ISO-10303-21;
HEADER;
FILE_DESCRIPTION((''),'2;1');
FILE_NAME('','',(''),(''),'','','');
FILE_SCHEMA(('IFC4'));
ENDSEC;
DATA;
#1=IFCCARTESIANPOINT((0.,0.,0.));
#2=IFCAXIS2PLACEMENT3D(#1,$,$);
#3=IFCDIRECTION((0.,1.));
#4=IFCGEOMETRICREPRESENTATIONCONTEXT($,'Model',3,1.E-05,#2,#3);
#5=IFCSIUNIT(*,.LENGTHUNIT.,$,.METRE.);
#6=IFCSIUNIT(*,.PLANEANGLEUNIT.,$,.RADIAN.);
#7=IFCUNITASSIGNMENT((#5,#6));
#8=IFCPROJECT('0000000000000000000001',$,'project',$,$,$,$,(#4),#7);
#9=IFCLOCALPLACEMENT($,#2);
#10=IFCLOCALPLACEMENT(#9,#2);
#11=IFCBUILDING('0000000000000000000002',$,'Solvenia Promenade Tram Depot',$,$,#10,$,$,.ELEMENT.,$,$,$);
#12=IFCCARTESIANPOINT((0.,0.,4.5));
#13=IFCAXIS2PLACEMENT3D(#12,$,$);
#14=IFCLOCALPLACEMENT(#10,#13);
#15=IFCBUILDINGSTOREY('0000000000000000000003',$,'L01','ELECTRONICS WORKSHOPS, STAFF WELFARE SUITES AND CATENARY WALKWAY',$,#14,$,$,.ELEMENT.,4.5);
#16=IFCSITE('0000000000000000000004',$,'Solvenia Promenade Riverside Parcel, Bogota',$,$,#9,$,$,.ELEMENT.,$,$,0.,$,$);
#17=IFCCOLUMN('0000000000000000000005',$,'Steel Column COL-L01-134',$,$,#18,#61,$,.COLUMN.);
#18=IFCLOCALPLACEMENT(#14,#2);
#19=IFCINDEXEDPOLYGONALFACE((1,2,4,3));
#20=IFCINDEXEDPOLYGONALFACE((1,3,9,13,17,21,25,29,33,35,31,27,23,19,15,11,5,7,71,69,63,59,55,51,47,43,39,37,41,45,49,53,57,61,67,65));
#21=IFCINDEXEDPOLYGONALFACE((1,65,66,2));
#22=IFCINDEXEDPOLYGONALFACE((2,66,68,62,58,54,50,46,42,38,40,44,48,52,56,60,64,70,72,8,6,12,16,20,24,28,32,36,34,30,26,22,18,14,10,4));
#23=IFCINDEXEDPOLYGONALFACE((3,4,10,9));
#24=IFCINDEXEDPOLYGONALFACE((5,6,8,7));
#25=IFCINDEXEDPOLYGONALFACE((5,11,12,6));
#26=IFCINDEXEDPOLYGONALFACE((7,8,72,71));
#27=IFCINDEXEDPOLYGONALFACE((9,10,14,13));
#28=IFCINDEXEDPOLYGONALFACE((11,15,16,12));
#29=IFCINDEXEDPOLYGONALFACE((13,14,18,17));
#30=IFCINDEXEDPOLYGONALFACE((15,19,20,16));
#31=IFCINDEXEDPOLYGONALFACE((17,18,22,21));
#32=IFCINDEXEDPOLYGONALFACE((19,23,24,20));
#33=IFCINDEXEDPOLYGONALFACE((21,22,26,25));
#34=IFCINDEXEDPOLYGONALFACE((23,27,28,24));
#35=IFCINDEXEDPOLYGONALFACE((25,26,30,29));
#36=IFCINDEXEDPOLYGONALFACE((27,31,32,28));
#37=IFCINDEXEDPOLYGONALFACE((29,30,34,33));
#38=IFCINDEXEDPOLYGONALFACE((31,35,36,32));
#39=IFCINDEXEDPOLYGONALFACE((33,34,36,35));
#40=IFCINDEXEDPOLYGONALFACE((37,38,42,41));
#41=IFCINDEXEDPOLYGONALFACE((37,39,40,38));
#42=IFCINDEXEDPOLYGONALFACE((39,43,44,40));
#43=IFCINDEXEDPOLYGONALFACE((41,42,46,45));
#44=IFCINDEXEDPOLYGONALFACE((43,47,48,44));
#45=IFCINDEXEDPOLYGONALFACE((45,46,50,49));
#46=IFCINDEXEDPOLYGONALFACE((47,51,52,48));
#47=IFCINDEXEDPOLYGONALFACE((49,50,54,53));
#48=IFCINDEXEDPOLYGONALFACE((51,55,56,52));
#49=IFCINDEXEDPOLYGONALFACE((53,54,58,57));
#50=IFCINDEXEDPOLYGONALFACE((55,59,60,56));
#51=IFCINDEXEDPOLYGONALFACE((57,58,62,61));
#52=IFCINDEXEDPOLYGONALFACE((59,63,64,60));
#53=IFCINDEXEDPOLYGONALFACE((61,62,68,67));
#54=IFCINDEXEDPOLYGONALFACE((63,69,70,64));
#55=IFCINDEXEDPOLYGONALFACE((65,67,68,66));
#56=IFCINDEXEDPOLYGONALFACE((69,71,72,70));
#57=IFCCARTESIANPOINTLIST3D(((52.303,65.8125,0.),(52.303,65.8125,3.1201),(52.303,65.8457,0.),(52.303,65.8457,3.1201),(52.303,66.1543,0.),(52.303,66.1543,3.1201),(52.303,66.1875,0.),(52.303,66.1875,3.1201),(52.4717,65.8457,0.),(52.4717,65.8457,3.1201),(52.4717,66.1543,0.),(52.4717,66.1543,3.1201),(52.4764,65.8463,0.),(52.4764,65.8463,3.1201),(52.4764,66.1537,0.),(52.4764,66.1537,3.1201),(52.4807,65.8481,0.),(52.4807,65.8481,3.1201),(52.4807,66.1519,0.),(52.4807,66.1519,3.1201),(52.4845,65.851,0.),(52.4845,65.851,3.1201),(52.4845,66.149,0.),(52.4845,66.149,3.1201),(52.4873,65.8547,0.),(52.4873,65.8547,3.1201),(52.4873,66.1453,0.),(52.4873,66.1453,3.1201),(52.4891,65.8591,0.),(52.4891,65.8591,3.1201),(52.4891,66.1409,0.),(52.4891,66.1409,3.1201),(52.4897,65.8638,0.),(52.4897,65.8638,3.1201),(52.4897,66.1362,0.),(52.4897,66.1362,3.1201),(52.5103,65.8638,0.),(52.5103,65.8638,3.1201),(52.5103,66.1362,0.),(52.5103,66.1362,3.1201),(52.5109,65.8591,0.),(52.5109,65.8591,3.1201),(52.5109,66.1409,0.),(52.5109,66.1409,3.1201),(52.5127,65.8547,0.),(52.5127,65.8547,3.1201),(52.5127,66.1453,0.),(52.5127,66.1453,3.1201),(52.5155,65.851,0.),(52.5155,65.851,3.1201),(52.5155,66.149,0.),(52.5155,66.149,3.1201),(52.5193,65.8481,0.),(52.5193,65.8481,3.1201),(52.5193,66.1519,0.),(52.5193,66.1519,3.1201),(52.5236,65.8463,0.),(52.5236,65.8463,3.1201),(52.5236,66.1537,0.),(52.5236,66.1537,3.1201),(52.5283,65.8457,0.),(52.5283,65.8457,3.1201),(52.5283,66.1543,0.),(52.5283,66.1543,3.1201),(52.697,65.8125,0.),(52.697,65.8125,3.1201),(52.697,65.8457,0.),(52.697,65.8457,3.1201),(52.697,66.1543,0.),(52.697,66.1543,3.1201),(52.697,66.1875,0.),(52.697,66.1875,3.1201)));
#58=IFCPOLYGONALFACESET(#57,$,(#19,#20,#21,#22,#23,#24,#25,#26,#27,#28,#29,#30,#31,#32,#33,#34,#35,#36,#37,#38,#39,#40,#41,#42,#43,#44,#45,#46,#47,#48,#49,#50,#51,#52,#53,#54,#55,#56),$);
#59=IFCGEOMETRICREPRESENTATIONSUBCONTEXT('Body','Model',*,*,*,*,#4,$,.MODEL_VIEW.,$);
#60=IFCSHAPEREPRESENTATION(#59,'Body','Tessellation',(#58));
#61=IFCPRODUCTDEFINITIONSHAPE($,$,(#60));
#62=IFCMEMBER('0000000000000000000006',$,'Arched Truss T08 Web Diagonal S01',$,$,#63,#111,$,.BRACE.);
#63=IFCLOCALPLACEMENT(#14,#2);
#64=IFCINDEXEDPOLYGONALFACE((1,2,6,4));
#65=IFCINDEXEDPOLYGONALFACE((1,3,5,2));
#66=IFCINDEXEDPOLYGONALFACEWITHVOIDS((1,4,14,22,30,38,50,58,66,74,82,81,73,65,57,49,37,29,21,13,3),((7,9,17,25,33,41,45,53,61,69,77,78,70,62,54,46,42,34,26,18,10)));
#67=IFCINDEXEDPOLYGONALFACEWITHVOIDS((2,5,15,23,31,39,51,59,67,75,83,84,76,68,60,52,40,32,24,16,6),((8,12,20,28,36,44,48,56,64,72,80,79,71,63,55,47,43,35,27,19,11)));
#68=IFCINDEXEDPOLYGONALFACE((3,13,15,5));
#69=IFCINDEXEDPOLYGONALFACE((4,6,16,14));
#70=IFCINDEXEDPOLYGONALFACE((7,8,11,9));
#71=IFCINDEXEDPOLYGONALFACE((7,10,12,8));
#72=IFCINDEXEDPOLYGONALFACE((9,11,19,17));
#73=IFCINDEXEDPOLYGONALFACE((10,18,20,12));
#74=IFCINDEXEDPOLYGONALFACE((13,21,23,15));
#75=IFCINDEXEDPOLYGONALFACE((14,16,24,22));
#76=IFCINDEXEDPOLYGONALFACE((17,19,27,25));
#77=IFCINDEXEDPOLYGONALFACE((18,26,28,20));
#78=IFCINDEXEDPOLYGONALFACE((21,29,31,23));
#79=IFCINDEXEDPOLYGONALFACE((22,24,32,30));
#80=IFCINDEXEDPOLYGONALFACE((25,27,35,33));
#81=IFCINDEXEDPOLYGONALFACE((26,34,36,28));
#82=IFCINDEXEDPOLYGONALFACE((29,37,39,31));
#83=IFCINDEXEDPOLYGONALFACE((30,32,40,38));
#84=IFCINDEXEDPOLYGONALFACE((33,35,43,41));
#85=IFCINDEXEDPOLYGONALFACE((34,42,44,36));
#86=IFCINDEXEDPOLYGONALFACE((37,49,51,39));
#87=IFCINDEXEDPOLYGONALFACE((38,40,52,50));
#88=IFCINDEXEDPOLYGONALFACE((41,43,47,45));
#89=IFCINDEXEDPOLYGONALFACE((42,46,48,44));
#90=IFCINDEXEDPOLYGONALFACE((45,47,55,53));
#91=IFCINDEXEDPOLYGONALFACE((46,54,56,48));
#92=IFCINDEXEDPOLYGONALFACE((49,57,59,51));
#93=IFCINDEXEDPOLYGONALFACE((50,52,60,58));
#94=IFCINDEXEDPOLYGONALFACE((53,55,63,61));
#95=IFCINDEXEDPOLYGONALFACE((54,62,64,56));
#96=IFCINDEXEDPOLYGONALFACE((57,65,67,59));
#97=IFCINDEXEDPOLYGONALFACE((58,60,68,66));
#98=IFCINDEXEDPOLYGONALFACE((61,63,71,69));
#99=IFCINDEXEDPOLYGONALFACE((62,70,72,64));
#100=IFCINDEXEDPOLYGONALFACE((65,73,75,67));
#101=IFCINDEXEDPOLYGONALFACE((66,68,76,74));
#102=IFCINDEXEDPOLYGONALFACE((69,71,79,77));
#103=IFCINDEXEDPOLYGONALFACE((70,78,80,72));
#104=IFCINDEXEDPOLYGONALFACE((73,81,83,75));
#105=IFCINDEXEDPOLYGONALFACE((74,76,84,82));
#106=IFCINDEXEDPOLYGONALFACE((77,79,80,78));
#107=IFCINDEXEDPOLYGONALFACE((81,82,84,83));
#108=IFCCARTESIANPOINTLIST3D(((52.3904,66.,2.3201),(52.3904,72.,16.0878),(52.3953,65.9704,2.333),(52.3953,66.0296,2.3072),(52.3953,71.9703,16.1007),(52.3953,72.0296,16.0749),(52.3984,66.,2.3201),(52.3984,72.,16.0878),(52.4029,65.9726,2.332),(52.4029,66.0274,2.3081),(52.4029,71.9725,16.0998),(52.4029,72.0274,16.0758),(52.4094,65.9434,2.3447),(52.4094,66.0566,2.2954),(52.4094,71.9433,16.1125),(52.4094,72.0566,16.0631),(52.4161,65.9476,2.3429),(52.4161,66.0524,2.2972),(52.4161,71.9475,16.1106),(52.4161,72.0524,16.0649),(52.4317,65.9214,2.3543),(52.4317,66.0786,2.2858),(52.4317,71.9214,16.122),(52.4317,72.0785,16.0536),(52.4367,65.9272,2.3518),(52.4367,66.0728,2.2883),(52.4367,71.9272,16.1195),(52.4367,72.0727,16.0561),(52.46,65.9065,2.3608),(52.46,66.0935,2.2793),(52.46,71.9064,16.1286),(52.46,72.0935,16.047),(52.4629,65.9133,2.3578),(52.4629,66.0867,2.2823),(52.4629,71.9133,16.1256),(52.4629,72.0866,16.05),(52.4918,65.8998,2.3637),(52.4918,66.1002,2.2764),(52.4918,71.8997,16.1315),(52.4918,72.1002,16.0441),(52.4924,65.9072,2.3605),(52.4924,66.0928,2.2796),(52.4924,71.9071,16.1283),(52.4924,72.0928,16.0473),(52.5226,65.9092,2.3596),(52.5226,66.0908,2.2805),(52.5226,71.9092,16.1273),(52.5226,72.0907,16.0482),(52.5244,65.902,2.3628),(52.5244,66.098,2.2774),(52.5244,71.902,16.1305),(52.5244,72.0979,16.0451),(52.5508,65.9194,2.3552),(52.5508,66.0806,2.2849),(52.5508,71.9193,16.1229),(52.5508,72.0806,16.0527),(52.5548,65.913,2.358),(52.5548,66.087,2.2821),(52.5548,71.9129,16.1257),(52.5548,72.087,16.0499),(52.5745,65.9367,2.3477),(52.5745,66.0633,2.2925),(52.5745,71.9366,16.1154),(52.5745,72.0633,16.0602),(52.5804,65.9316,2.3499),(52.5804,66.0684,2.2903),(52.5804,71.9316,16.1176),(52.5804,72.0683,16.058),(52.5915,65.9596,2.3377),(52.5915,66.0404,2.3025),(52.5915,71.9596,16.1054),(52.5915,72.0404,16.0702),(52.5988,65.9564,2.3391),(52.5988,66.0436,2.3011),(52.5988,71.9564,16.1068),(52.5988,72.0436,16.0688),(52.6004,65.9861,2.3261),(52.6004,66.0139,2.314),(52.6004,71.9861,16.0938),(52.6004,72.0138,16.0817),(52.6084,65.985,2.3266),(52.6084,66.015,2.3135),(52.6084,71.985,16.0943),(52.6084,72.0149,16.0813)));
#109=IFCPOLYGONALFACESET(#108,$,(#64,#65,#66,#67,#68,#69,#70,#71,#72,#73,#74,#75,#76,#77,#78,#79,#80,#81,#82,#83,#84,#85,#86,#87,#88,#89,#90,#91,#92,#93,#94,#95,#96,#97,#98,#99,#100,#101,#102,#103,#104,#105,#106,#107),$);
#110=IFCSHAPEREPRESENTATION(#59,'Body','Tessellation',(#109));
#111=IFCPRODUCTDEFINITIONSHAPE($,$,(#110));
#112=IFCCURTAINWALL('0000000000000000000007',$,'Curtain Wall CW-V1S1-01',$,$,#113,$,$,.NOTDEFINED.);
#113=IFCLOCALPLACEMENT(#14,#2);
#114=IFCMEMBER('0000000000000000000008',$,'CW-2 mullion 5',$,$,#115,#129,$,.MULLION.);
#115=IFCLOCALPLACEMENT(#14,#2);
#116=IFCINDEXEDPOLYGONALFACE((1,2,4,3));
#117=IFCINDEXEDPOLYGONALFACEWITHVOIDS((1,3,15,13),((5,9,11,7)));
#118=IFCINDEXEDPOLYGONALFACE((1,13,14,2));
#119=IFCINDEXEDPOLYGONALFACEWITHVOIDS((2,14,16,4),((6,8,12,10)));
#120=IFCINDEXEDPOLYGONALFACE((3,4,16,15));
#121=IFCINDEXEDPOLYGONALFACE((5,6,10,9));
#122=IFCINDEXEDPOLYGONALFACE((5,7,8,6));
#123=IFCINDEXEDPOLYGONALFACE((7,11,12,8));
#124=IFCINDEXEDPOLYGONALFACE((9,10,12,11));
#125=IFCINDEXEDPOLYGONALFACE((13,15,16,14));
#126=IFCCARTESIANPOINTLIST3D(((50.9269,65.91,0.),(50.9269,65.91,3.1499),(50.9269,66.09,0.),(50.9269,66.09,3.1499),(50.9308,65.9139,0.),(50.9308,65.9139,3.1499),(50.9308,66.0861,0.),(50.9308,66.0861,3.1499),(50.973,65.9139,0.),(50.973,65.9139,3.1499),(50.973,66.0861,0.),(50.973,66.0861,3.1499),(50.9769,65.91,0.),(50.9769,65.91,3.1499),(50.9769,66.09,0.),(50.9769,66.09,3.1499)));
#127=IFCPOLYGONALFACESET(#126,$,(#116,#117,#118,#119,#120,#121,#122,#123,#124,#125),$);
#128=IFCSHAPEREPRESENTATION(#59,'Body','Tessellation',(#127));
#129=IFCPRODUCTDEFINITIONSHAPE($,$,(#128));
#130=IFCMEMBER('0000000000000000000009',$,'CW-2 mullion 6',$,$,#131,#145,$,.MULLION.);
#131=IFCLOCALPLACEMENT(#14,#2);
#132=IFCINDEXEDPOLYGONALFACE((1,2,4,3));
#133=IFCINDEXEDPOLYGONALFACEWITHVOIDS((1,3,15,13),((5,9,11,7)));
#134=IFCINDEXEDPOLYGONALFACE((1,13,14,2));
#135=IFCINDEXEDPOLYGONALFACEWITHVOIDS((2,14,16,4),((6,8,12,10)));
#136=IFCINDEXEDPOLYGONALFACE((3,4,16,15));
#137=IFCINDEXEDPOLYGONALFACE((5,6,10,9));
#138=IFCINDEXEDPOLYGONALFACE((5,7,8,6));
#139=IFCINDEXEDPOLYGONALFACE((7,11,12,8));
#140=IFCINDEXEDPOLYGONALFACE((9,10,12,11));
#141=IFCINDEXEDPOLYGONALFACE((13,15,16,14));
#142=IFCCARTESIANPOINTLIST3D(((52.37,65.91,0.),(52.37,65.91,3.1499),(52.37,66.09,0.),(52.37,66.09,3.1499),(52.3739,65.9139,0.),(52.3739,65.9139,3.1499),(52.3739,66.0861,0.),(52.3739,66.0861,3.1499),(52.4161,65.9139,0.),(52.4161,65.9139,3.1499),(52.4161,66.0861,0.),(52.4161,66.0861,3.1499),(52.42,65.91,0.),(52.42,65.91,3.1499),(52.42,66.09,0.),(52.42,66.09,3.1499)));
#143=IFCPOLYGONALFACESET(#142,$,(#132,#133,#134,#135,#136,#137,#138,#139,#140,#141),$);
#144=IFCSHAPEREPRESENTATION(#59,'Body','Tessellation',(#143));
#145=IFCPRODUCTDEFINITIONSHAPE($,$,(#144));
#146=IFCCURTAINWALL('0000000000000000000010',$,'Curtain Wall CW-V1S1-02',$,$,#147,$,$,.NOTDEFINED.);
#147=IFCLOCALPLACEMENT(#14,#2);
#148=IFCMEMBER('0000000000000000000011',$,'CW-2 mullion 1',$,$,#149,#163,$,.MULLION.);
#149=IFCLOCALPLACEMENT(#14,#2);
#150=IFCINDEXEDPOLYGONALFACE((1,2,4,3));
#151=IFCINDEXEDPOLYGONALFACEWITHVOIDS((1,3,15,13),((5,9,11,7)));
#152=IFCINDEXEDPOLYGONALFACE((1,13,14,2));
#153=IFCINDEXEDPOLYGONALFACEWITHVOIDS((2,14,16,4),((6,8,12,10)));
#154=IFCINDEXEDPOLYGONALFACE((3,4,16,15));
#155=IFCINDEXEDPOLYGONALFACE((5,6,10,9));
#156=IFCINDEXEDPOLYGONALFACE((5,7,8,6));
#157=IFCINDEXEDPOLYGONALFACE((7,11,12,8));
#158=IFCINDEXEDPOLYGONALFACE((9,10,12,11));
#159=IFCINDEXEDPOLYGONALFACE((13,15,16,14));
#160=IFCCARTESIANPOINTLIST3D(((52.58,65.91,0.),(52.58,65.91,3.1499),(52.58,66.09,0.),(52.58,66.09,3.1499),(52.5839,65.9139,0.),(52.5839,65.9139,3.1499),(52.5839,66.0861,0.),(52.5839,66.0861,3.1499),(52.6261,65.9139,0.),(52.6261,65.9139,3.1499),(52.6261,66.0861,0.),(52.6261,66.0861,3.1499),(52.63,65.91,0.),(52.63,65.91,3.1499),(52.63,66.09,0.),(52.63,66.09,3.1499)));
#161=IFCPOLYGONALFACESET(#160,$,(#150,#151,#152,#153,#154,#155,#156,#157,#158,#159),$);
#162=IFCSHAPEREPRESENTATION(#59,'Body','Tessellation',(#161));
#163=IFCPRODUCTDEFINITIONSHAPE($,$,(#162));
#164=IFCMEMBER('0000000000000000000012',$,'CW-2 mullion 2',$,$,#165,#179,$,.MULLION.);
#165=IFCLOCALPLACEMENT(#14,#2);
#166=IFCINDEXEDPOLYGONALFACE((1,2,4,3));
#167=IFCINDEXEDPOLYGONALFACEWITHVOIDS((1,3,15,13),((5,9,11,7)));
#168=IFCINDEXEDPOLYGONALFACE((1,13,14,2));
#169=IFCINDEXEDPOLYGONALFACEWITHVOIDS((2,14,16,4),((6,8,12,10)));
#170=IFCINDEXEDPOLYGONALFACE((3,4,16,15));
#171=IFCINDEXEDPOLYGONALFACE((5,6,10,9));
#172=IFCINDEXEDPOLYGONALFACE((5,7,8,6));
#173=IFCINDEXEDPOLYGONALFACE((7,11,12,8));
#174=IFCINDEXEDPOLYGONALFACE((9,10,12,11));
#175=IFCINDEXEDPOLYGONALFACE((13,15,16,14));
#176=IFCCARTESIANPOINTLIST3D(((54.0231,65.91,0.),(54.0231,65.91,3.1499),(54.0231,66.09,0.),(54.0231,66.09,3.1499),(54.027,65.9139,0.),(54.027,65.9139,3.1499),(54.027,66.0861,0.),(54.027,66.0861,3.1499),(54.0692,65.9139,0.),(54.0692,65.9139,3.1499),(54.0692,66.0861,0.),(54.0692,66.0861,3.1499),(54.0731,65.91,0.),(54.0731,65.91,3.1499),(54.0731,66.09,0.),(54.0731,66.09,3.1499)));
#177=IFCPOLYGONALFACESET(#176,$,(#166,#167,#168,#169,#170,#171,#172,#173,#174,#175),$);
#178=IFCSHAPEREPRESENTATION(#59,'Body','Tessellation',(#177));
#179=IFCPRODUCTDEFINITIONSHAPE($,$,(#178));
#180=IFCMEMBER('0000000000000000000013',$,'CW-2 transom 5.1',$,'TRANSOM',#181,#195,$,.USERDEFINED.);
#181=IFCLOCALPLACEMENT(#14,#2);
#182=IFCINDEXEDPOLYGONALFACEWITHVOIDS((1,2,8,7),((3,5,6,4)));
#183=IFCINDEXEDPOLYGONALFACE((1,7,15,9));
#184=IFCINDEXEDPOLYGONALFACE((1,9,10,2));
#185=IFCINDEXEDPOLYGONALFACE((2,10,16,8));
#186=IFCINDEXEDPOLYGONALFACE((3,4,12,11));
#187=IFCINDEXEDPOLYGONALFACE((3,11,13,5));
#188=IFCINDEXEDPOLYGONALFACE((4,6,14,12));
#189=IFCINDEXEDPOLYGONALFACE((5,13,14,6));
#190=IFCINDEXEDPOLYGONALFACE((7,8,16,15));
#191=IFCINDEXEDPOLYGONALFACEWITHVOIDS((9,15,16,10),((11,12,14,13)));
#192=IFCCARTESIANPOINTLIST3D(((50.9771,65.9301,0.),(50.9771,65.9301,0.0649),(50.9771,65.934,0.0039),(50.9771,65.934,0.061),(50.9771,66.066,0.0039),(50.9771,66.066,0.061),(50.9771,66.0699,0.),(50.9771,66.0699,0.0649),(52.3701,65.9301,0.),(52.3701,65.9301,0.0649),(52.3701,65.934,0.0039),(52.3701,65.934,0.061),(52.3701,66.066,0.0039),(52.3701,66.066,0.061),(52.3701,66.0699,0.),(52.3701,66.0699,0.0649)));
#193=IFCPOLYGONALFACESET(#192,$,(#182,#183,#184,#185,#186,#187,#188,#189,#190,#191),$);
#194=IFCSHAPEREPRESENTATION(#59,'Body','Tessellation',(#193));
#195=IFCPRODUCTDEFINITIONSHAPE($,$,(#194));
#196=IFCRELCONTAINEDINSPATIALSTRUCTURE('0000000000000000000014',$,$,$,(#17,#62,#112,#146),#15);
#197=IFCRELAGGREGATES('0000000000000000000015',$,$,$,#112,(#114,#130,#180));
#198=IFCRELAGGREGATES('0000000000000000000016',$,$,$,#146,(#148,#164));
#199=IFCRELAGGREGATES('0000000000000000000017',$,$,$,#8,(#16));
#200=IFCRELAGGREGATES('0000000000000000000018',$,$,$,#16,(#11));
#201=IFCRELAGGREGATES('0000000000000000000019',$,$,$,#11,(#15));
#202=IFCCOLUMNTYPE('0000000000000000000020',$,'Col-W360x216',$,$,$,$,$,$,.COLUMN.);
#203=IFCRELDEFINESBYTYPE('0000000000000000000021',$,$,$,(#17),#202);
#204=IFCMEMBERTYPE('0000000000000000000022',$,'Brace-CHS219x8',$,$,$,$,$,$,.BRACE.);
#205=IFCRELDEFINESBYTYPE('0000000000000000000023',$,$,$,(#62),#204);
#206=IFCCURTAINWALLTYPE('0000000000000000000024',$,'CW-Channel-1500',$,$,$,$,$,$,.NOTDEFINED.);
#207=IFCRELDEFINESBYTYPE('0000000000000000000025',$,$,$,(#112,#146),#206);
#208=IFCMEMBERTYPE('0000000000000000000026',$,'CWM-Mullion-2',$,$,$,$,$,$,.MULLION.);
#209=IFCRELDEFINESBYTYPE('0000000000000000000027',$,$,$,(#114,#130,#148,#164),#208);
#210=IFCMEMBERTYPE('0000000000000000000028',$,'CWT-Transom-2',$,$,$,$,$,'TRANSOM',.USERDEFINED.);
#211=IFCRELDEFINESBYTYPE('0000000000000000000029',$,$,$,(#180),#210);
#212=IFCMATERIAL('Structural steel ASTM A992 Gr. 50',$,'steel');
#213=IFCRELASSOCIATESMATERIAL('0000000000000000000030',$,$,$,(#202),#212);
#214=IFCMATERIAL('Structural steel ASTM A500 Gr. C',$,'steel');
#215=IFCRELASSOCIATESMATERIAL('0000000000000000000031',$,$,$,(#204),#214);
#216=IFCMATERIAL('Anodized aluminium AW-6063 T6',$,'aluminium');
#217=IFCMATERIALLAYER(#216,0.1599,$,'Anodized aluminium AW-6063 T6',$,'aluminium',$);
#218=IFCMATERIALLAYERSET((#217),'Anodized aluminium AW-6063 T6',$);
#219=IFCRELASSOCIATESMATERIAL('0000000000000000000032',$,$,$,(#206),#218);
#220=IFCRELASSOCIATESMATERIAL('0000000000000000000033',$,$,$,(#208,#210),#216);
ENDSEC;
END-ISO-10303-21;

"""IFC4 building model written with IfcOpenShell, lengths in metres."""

from ifc_helpers import new_model, si_unit, direction, frame, origin, origin_2d, place, context, subcontext, project, spatial, hollow_rectangle, hollow_circle, i_section, extrude, material, layer, layer_set, material_profile, profile_set, type_object, element, aggregate, save


model = new_model("IFC4")

# Units and contexts
model_context = context("Model", 3, precision=1e-05, world=origin(), true_north=direction((0.0, 1.0)))
body_context = subcontext(model_context, "Body", "Model", "MODEL_VIEW")
ifc_project = project(units=[si_unit("LENGTHUNIT", "METRE"), si_unit("PLANEANGLEUNIT", "RADIAN")], contexts=[model_context])

# Site, building, storey
site_placement = place(None, origin())
site = spatial("IfcSite", under=ifc_project, at=site_placement, Name="Solvenia Promenade Riverside Parcel, Bogota", CompositionType="ELEMENT", RefElevation=0.0)
building_placement = place(site_placement, origin())
building = spatial("IfcBuilding", under=site, at=building_placement, Name="Solvenia Promenade Tram Depot", CompositionType="ELEMENT")
storey_placement = place(building_placement, frame((0.0, 0.0, 4.5)))
storey = spatial("IfcBuildingStorey", under=building, at=storey_placement, Name="L01", Description="ELECTRONICS WORKSHOPS, STAFF WELFARE SUITES AND CATENARY WALKWAY", CompositionType="ELEMENT", Elevation=4.5)

# Column
ifc_material_1 = material(Name="Structural steel ASTM A992 Gr. 50", Category="steel")
ifc_material_profile_1 = material_profile(ifc_material_1, i_section(OverallWidth=0.394, OverallDepth=0.375, WebThickness=0.0205, FlangeThickness=0.0332, FilletRadius=0.0181, at=origin_2d()), Name="W360x216", Category="steel")
ifc_profile_set_1 = profile_set([ifc_material_profile_1], Name="Structural steel ASTM A992 Gr. 50")
column_type = type_object("IfcColumnType", Name="Col-W360x216", PredefinedType="COLUMN", material=ifc_profile_set_1)
column_placement = place(storey_placement, frame((52.5, 66.0, 0.0), z_axis=(0.0, 0.0, 1.0), x_axis=(1.0, 0.0, 0.0)))
element("IfcColumn", 1, at=column_placement, inside=storey, type_object=column_type, Name="Steel Column COL-L01-134", PredefinedType="COLUMN", context=body_context, shape_type="SweptSolid", body=[
    extrude(i_section(OverallWidth=0.394, OverallDepth=0.375, WebThickness=0.0205, FlangeThickness=0.0332, FilletRadius=0.0181, at=origin_2d()), origin(), (0.0, 0.0, 1.0), 3.1201),
])

# Member
ifc_material_2 = material(Name="Structural steel ASTM A500 Gr. C", Category="steel")
ifc_material_profile_2 = material_profile(ifc_material_2, hollow_circle(Radius=0.1096, WallThickness=0.0081, at=origin_2d()), Name="CHS219.1x8", Category="steel")
ifc_profile_set_2 = profile_set([ifc_material_profile_2], Name="Structural steel ASTM A500 Gr. C")
member_type_1 = type_object("IfcMemberType", Name="Brace-CHS219x8", PredefinedType="BRACE", material=ifc_profile_set_2)
member_1_placement = place(storey_placement, frame((52.5, 66.0, 2.3201), z_axis=(0.0, 0.399509, 0.916729), x_axis=(-1.0, 0.0, 0.0)))
element("IfcMember", 2, at=member_1_placement, inside=storey, type_object=member_type_1, Name="Arched Truss T08 Web Diagonal S01", PredefinedType="BRACE", context=body_context, shape_type="SweptSolid", body=[
    extrude(hollow_circle(Radius=0.1096, WallThickness=0.0081, at=origin_2d()), origin(), (0.0, 0.0, 1.0), 15.0183),
])

# Curtain walls, members
ifc_material_3 = material(Name="Anodized aluminium AW-6063 T6", Category="aluminium")
ifc_layer_1 = layer(ifc_material_3, 0.1599, Name="Anodized aluminium AW-6063 T6", Category="aluminium")
ifc_layer_set_1 = layer_set([ifc_layer_1], Name="Anodized aluminium AW-6063 T6")
curtain_wall_type = type_object("IfcCurtainWallType", Name="CW-Channel-1500", PredefinedType="NOTDEFINED", material=ifc_layer_set_1)
curtain_wall_1_placement = place(storey_placement, origin())
curtain_wall_1 = element("IfcCurtainWall", 3, at=curtain_wall_1_placement, inside=storey, type_object=curtain_wall_type, Name="Curtain Wall CW-V1S1-01", PredefinedType="NOTDEFINED")
ifc_material_profile_3 = material_profile(ifc_material_3, hollow_rectangle(XDim=0.1799, YDim=0.05, WallThickness=0.0039, at=origin_2d()), Name="ALU-M2", Category="aluminium")
ifc_profile_set_3 = profile_set([ifc_material_profile_3], Name="Anodized aluminium AW-6063 T6")
member_type_2 = type_object("IfcMemberType", Name="CWM-Mullion-2", PredefinedType="MULLION", material=ifc_profile_set_3)
member_2_placement = place(storey_placement, frame((50.9519, 66.0, 0.0), z_axis=(0.0, 0.0, 1.0), x_axis=(0.0, 1.0, 0.0)))
member_2 = element("IfcMember", 4, at=member_2_placement, type_object=member_type_2, Name="CW-2 mullion 5", PredefinedType="MULLION", context=body_context, shape_type="SweptSolid", body=[
    extrude(hollow_rectangle(XDim=0.1799, YDim=0.05, WallThickness=0.0039, at=origin_2d()), origin(), (0.0, 0.0, 1.0), 3.1499),
])
member_3_placement = place(storey_placement, frame((52.395, 66.0, 0.0), z_axis=(0.0, 0.0, 1.0), x_axis=(0.0, 1.0, 0.0)))
member_3 = element("IfcMember", 5, at=member_3_placement, type_object=member_type_2, Name="CW-2 mullion 6", PredefinedType="MULLION", context=body_context, shape_type="SweptSolid", body=[
    extrude(hollow_rectangle(XDim=0.1799, YDim=0.05, WallThickness=0.0039, at=origin_2d()), origin(), (0.0, 0.0, 1.0), 3.1499),
])
curtain_wall_2_placement = place(storey_placement, origin())
curtain_wall_2 = element("IfcCurtainWall", 6, at=curtain_wall_2_placement, inside=storey, type_object=curtain_wall_type, Name="Curtain Wall CW-V1S1-02", PredefinedType="NOTDEFINED")
member_4_placement = place(storey_placement, frame((52.605, 66.0, 0.0), z_axis=(0.0, 0.0, 1.0), x_axis=(0.0, 1.0, 0.0)))
member_4 = element("IfcMember", 7, at=member_4_placement, type_object=member_type_2, Name="CW-2 mullion 1", PredefinedType="MULLION", context=body_context, shape_type="SweptSolid", body=[
    extrude(hollow_rectangle(XDim=0.1799, YDim=0.05, WallThickness=0.0039, at=origin_2d()), origin(), (0.0, 0.0, 1.0), 3.1499),
])
member_5_placement = place(storey_placement, frame((54.0481, 66.0, 0.0), z_axis=(0.0, 0.0, 1.0), x_axis=(0.0, 1.0, 0.0)))
member_5 = element("IfcMember", 8, at=member_5_placement, type_object=member_type_2, Name="CW-2 mullion 2", PredefinedType="MULLION", context=body_context, shape_type="SweptSolid", body=[
    extrude(hollow_rectangle(XDim=0.1799, YDim=0.05, WallThickness=0.0039, at=origin_2d()), origin(), (0.0, 0.0, 1.0), 3.1499),
])

# Member
ifc_material_profile_4 = material_profile(ifc_material_3, hollow_rectangle(XDim=0.1399, YDim=0.0649, WallThickness=0.0039, at=origin_2d()), Name="ALU-T2", Category="aluminium")
ifc_profile_set_4 = profile_set([ifc_material_profile_4], Name="Anodized aluminium AW-6063 T6")
member_type_3 = type_object("IfcMemberType", Name="CWT-Transom-2", ElementType="TRANSOM", PredefinedType="USERDEFINED", material=ifc_profile_set_4)
member_6_placement = place(storey_placement, frame((50.9771, 66.0, 0.0325), z_axis=(1.0, 0.0, 0.0), x_axis=(0.0, 1.0, 0.0)))
member_6 = element("IfcMember", 9, at=member_6_placement, type_object=member_type_3, Name="CW-2 transom 5.1", ObjectType="TRANSOM", PredefinedType="USERDEFINED", context=body_context, shape_type="SweptSolid", body=[
    extrude(hollow_rectangle(XDim=0.1399, YDim=0.0649, WallThickness=0.0039, at=origin_2d()), origin(), (0.0, 0.0, 1.0), 1.3931),
])

aggregate(curtain_wall_1, [member_2, member_3, member_6])
aggregate(curtain_wall_2, [member_4, member_5])

save(model, "model.ifc")
